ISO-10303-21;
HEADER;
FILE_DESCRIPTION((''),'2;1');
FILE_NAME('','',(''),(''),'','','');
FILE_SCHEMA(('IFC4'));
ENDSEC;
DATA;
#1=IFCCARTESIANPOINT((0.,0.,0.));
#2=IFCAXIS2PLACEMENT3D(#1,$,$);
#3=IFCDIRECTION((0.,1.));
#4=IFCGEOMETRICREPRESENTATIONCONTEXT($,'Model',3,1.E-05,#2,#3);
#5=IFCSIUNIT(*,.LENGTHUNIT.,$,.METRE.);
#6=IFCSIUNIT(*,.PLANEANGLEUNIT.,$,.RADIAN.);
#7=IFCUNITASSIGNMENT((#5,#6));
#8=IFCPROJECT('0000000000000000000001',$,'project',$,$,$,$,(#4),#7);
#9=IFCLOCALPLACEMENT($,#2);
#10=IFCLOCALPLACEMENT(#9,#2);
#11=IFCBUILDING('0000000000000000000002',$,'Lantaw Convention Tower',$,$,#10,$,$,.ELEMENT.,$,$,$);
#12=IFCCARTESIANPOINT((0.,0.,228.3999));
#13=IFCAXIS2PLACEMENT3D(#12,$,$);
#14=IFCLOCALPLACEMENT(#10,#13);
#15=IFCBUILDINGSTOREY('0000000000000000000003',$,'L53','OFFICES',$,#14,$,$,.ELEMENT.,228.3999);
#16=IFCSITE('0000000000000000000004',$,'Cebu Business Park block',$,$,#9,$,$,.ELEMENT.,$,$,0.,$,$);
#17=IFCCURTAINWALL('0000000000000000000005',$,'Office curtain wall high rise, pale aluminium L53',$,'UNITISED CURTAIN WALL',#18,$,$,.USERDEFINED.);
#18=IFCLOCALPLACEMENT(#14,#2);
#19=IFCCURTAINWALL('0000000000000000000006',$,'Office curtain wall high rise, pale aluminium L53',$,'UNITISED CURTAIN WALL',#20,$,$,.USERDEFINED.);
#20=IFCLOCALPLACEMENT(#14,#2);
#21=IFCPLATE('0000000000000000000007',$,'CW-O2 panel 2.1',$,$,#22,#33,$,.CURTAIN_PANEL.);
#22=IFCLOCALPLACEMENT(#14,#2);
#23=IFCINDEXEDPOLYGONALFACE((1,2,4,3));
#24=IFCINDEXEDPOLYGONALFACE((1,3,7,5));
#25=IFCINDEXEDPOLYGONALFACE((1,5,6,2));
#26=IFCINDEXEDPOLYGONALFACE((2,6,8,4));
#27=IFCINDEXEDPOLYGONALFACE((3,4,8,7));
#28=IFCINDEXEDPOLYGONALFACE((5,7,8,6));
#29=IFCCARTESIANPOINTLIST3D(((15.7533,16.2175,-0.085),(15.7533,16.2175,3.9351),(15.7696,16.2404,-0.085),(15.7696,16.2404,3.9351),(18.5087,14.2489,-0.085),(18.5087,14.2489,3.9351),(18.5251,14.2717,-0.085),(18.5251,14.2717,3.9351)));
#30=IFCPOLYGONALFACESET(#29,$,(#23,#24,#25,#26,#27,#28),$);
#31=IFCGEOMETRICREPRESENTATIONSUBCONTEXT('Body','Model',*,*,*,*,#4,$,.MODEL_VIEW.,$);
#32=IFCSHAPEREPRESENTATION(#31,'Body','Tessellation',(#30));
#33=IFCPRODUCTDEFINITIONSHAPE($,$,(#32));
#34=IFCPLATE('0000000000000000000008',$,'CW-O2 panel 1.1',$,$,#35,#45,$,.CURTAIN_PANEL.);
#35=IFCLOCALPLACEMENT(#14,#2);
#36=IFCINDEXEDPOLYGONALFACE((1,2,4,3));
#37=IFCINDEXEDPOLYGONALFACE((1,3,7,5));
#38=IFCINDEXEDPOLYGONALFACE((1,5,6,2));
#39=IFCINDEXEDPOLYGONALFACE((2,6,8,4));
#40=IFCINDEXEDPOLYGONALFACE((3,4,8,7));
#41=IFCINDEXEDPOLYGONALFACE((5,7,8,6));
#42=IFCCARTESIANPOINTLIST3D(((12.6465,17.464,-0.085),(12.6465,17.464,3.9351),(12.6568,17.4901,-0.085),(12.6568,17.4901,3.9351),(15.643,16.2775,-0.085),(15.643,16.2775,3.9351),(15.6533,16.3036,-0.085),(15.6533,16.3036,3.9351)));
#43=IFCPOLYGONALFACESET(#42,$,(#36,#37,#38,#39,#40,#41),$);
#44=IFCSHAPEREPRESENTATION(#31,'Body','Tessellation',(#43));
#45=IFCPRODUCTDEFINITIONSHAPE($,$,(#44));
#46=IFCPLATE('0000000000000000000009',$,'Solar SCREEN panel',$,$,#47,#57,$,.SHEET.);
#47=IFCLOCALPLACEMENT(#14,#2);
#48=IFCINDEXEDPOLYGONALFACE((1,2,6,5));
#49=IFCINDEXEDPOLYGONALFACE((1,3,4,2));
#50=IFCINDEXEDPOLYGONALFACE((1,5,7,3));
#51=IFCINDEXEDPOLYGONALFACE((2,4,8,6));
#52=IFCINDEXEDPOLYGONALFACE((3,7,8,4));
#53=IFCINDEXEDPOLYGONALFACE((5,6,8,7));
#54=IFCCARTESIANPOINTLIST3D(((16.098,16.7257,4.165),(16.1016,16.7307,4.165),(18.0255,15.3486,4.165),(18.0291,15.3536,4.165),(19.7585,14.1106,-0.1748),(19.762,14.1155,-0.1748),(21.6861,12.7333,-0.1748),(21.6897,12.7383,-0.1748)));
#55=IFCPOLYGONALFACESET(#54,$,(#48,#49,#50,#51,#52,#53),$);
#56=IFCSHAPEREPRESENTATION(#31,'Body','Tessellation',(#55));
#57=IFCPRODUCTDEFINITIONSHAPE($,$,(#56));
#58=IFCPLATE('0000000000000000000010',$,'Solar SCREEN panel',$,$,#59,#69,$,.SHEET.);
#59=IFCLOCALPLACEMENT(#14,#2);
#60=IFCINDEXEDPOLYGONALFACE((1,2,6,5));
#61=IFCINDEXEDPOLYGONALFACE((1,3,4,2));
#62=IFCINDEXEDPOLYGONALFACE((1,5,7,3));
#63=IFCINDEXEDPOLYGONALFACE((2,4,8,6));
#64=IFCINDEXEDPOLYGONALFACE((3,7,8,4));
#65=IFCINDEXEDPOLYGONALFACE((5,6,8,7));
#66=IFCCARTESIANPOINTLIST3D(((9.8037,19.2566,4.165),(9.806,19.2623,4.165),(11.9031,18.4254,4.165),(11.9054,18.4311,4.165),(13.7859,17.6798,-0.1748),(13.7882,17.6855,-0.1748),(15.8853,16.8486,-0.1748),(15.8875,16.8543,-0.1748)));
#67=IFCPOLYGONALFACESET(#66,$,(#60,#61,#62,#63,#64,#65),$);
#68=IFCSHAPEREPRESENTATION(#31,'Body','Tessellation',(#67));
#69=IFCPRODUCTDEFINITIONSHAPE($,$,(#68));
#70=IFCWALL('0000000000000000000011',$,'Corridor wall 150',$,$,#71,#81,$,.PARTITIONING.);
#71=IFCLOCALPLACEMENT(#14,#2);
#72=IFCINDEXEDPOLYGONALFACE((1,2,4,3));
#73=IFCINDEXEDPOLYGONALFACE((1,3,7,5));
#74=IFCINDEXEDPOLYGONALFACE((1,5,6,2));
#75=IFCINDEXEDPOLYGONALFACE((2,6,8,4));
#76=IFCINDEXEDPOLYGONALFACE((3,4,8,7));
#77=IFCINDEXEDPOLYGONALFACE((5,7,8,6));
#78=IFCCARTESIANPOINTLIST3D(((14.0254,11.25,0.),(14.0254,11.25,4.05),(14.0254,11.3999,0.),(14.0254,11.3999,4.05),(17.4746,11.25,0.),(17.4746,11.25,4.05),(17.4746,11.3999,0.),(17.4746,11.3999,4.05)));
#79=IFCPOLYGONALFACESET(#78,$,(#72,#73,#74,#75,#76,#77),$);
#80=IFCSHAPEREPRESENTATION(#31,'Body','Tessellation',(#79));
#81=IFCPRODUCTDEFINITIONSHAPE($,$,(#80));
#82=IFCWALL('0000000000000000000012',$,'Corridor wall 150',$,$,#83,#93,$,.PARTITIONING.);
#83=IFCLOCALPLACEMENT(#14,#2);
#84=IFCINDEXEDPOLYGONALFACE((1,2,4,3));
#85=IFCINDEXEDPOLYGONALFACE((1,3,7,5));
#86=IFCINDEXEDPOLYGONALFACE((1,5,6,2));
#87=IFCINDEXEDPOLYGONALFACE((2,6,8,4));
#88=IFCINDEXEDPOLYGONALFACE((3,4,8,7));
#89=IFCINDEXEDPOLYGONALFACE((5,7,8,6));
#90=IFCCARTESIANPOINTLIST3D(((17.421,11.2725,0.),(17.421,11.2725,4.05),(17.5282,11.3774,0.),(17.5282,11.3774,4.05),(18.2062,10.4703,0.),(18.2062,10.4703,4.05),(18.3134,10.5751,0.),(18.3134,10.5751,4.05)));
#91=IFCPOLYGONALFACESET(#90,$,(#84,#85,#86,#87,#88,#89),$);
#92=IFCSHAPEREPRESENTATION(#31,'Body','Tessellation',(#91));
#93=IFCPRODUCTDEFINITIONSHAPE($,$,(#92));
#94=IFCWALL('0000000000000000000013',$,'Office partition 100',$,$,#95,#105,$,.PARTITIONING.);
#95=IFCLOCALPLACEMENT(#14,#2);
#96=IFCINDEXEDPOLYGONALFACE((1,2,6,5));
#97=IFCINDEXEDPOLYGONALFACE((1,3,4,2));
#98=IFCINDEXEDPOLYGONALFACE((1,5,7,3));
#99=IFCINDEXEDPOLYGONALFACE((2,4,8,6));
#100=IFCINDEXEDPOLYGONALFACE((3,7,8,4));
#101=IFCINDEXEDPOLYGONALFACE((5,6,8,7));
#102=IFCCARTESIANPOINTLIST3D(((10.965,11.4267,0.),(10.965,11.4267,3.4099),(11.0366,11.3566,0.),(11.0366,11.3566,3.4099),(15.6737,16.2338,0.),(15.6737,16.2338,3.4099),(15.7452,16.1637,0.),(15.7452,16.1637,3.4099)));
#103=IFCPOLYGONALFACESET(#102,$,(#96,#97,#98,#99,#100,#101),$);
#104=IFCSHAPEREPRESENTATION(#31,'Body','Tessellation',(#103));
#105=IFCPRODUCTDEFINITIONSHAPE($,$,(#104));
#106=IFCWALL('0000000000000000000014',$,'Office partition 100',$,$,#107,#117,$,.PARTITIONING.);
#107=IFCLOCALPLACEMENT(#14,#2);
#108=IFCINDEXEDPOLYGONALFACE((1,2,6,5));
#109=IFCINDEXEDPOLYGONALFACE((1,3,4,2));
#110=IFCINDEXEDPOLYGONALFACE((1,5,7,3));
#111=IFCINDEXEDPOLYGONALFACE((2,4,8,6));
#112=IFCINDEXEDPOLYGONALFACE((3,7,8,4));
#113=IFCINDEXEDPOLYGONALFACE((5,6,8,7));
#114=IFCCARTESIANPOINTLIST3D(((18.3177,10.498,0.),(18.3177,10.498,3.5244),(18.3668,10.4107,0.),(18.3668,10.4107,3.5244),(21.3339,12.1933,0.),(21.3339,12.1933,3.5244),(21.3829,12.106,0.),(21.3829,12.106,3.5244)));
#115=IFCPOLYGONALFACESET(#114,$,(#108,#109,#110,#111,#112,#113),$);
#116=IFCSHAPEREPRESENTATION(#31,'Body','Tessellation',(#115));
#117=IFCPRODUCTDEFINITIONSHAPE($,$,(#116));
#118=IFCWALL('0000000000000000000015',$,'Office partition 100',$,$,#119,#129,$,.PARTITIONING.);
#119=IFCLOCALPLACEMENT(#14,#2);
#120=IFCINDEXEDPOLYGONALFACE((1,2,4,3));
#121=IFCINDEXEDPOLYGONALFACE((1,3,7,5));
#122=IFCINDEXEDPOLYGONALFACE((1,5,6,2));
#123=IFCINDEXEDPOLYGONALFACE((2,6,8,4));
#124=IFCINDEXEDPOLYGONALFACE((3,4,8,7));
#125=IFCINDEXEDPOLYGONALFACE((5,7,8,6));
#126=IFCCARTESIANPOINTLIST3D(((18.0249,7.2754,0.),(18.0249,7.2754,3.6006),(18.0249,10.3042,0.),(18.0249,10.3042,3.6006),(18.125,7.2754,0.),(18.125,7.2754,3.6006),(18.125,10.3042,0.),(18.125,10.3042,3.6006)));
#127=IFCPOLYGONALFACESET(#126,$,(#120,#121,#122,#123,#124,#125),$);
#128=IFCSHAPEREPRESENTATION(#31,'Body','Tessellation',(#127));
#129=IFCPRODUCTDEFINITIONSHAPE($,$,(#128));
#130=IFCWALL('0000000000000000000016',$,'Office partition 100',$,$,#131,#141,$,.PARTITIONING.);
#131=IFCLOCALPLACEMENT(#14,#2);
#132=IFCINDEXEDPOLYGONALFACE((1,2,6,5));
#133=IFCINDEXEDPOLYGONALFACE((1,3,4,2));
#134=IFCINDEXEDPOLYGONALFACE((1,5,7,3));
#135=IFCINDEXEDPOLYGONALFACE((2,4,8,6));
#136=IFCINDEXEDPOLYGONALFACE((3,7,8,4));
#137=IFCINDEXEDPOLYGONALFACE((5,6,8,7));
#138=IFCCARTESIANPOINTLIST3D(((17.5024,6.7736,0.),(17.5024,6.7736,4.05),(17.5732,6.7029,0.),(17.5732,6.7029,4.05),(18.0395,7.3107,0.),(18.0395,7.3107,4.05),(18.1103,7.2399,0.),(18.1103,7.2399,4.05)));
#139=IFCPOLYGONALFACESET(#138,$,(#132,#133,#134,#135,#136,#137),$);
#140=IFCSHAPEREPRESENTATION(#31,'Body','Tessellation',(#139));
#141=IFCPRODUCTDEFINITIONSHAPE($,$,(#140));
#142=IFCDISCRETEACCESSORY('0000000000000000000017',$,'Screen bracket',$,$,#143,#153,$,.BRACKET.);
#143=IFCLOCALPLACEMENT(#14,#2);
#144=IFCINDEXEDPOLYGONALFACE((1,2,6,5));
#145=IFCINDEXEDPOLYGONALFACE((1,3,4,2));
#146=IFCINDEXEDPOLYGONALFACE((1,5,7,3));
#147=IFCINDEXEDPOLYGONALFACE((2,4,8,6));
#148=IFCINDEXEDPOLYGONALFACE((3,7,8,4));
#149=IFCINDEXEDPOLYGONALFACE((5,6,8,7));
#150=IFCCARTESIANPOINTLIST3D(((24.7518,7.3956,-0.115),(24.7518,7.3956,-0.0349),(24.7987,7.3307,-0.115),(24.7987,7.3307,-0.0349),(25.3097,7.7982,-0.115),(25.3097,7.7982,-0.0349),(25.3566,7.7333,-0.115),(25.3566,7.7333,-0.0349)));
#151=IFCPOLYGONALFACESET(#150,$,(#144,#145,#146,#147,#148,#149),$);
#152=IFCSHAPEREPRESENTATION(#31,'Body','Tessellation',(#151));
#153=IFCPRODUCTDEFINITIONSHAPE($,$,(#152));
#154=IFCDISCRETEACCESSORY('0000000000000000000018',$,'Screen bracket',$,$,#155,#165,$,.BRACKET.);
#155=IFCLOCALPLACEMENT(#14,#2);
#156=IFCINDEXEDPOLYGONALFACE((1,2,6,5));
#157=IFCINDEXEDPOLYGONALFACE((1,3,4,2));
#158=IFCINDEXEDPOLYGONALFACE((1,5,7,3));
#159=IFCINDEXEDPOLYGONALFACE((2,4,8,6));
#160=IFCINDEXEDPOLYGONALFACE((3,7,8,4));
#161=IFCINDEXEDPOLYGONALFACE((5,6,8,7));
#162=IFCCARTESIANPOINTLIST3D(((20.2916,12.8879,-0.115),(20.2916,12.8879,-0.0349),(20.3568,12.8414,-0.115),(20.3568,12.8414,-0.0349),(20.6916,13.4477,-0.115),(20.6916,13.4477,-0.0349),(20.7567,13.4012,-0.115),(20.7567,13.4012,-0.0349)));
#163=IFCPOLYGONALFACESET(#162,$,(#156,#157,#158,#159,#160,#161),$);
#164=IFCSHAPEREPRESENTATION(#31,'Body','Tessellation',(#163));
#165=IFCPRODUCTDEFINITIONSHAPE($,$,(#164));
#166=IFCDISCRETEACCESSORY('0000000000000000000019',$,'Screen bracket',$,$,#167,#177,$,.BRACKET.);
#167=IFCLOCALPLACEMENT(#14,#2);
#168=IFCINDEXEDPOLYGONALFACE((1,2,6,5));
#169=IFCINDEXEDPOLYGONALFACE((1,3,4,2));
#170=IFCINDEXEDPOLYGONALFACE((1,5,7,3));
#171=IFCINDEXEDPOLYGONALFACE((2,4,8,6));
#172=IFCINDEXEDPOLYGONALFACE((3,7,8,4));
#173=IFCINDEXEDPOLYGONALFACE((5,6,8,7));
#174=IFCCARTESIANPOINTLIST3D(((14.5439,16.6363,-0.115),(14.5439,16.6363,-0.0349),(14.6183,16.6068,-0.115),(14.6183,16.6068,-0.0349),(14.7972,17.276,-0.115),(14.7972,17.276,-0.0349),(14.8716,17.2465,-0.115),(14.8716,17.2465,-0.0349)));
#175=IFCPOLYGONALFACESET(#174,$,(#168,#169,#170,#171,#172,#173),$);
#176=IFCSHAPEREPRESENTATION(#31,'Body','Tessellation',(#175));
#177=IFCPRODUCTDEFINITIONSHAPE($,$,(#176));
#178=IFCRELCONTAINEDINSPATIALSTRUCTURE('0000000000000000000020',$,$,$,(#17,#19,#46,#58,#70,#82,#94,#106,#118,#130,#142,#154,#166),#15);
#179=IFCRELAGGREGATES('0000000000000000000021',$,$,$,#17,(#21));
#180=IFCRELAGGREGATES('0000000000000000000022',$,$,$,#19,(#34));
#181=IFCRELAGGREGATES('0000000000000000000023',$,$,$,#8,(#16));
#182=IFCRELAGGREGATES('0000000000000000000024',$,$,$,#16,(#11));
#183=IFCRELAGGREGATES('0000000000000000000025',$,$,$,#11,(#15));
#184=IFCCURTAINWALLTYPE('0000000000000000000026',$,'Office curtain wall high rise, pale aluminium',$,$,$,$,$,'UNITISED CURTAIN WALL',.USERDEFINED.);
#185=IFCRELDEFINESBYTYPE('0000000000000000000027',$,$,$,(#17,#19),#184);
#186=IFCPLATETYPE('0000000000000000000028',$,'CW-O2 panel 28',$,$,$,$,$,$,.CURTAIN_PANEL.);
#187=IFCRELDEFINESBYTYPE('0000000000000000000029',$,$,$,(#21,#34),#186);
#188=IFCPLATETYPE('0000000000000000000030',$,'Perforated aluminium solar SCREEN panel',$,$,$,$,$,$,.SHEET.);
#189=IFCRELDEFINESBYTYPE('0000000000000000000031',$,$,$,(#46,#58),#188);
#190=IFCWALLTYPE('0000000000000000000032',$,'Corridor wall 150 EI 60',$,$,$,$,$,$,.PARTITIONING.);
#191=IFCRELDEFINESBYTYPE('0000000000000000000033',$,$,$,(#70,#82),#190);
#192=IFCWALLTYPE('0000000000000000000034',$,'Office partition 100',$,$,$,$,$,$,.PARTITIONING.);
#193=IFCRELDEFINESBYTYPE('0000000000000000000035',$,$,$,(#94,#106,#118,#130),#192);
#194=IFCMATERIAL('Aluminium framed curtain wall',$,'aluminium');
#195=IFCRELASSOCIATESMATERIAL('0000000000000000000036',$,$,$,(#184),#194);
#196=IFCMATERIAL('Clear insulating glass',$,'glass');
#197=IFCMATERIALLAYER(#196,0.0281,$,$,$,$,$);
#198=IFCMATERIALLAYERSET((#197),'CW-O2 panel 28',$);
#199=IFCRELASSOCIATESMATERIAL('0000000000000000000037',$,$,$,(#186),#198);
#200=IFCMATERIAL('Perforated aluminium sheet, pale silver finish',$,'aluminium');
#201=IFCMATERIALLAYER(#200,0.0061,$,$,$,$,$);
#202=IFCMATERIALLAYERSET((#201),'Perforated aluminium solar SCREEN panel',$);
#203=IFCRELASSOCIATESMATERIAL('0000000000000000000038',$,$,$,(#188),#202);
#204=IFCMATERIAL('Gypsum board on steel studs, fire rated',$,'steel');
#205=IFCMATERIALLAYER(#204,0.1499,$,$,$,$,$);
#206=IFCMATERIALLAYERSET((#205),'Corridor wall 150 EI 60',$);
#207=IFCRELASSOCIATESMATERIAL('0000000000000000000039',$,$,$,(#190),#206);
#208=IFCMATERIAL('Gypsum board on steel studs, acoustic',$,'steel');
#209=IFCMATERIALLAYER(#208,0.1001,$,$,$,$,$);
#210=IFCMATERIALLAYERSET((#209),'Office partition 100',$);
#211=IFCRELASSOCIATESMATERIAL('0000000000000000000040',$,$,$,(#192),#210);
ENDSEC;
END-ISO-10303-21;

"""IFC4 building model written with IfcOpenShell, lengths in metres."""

from ifc_helpers import new_model, si_unit, direction, frame, frame_2d, origin, origin_2d, place, context, subcontext, project, spatial, polyline, rectangle, outline, extrude, material, layer, layer_set, type_object, element, aggregate, save


model = new_model("IFC4")

# Units and contexts
model_context = context("Model", 3, precision=1e-05, world=origin(), true_north=direction((0.0, 1.0)))
body_context = subcontext(model_context, "Body", "Model", "MODEL_VIEW")
ifc_project = project(units=[si_unit("LENGTHUNIT", "METRE"), si_unit("PLANEANGLEUNIT", "RADIAN")], contexts=[model_context])

# Site, building, storey
site_placement = place(None, origin())
site = spatial("IfcSite", under=ifc_project, at=site_placement, Name="Cebu Business Park block", CompositionType="ELEMENT", RefElevation=0.0)
building_placement = place(site_placement, origin())
building = spatial("IfcBuilding", under=site, at=building_placement, Name="Lantaw Convention Tower", CompositionType="ELEMENT")
storey_placement = place(building_placement, frame((0.0, 0.0, 228.3999)))
storey = spatial("IfcBuildingStorey", under=building, at=storey_placement, Name="L53", Description="OFFICES", CompositionType="ELEMENT", Elevation=228.3999)

# Curtain wall
ifc_material_1 = material(Name="Aluminium framed curtain wall", Category="aluminium")
curtain_wall_type = type_object("IfcCurtainWallType", Name="Office curtain wall high rise, pale aluminium", ElementType="UNITISED CURTAIN WALL", PredefinedType="USERDEFINED", material=ifc_material_1)
curtain_wall_1_placement = place(storey_placement, origin())
curtain_wall_1 = element("IfcCurtainWall", 1, at=curtain_wall_1_placement, inside=storey, type_object=curtain_wall_type, Name="Office curtain wall high rise, pale aluminium L53", ObjectType="UNITISED CURTAIN WALL", PredefinedType="USERDEFINED")

# Curtain wall
curtain_wall_2_placement = place(storey_placement, origin())
curtain_wall_2 = element("IfcCurtainWall", 2, at=curtain_wall_2_placement, inside=storey, type_object=curtain_wall_type, Name="Office curtain wall high rise, pale aluminium L53", ObjectType="UNITISED CURTAIN WALL", PredefinedType="USERDEFINED")

# Plates
ifc_material_2 = material(Name="Clear insulating glass", Category="glass")
ifc_layer_1 = layer(ifc_material_2, 0.0281)
ifc_layer_set_1 = layer_set([ifc_layer_1], Name="CW-O2 panel 28")
plate_type_1 = type_object("IfcPlateType", Name="CW-O2 panel 28", PredefinedType="CURTAIN_PANEL", material=ifc_layer_set_1)
plate_1_placement = place(storey_placement, frame((17.1392, 15.2446, -0.085), z_axis=(0.0, 0.0, 1.0), x_axis=(-0.813673, 0.581323, 0.0)))
plate_1 = element("IfcPlate", 3, at=plate_1_placement, type_object=plate_type_1, Name="CW-O2 panel 2.1", PredefinedType="CURTAIN_PANEL", context=body_context, shape_type="SweptSolid", body=[
    extrude(rectangle(XDim=3.3865, YDim=0.0281, at=origin_2d()), origin(), (0.0, 0.0, 1.0), 4.02),
])
aggregate(curtain_wall_1, [plate_1])
plate_2_placement = place(storey_placement, frame((14.1499, 16.8838, -0.085), z_axis=(0.0, 0.0, 1.0), x_axis=(-0.929762, 0.368162, 0.0)))
plate_2 = element("IfcPlate", 4, at=plate_2_placement, type_object=plate_type_1, Name="CW-O2 panel 1.1", PredefinedType="CURTAIN_PANEL", context=body_context, shape_type="SweptSolid", body=[
    extrude(rectangle(XDim=3.2229, YDim=0.0281, at=origin_2d()), origin(), (0.0, 0.0, 1.0), 4.02),
])
aggregate(curtain_wall_2, [plate_2])

# Plates
ifc_material_3 = material(Name="Perforated aluminium sheet, pale silver finish", Category="aluminium")
ifc_layer_2 = layer(ifc_material_3, 0.0061)
ifc_layer_set_2 = layer_set([ifc_layer_2], Name="Perforated aluminium solar SCREEN panel")
plate_type_2 = type_object("IfcPlateType", Name="Perforated aluminium solar SCREEN panel", PredefinedType="SHEET", material=ifc_layer_set_2)
plate_3_placement = place(storey_placement, frame((21.6897, 12.7383, -0.1748), z_axis=(0.581331, 0.813667, 0.00001), x_axis=(-0.813667, 0.581331, 0.0)))
element("IfcPlate", 5, at=plate_3_placement, inside=storey, type_object=plate_type_2, Name="Solar SCREEN panel", PredefinedType="SHEET", context=body_context, shape_type="SweptSolid", body=[
    extrude(outline(polyline([(0.0, 0.0), (2.3691, 0.0), (6.8678, 4.3398), (4.4989, 4.3398), (0.0, 0.0)])), origin(), (0.0, 0.0, -1.0), 0.0061),
])
plate_4_placement = place(storey_placement, frame((15.8853, 16.8486, -0.1748), z_axis=(-0.368117, -0.92978, 0.000036), x_axis=(-0.92978, 0.368117, 0.0)))
element("IfcPlate", 6, at=plate_4_placement, inside=storey, type_object=plate_type_2, Name="Solar SCREEN panel", PredefinedType="SHEET", context=body_context, shape_type="SweptSolid", body=[
    extrude(outline(polyline([(0.0, 0.0), (2.2579, 0.0), (6.5409, -4.3398), (4.2829, -4.3398), (0.0, 0.0)])), origin(), (0.0, 0.0, -1.0), 0.0061),
])

# Walls
ifc_material_4 = material(Name="Gypsum board on steel studs, fire rated", Category="steel")
ifc_layer_3 = layer(ifc_material_4, 0.1499)
ifc_layer_set_3 = layer_set([ifc_layer_3], Name="Corridor wall 150 EI 60")
wall_type_1 = type_object("IfcWallType", Name="Corridor wall 150 EI 60", PredefinedType="PARTITIONING", material=ifc_layer_set_3)
wall_1_placement = place(storey_placement, frame((14.0254, 11.325, 0.0), z_axis=(0.0, 0.0, 1.0), x_axis=(1.0, 0.0, 0.0)))
element("IfcWall", 7, at=wall_1_placement, inside=storey, type_object=wall_type_1, Name="Corridor wall 150", PredefinedType="PARTITIONING", context=body_context, shape_type="SweptSolid", body=[
    extrude(rectangle(XDim=3.4492, YDim=0.1499, at=frame_2d((1.7246, 0.0))), origin(), (0.0, 0.0, 1.0), 4.05),
])
wall_2_placement = place(storey_placement, frame((17.4746, 11.325, 0.0), z_axis=(0.0, 0.0, 1.0), x_axis=(0.699454, -0.714678, 0.0)))
element("IfcWall", 8, at=wall_2_placement, inside=storey, type_object=wall_type_1, Name="Corridor wall 150", PredefinedType="PARTITIONING", context=body_context, shape_type="SweptSolid", body=[
    extrude(rectangle(XDim=1.1226, YDim=0.1499, at=frame_2d((0.5613, 0.0))), origin(), (0.0, 0.0, 1.0), 4.05),
])
ifc_material_5 = material(Name="Gypsum board on steel studs, acoustic", Category="steel")
ifc_layer_4 = layer(ifc_material_5, 0.1001)
ifc_layer_set_4 = layer_set([ifc_layer_4], Name="Office partition 100")
wall_type_2 = type_object("IfcWallType", Name="Office partition 100", PredefinedType="PARTITIONING", material=ifc_layer_set_4)
wall_3_placement = place(storey_placement, frame((15.7095, 16.1987, 0.0), z_axis=(0.0, 0.0, 1.0), x_axis=(-0.699758, -0.71438, 0.0)))
element("IfcWall", 9, at=wall_3_placement, inside=storey, type_object=wall_type_2, Name="Office partition 100", PredefinedType="PARTITIONING", context=body_context, shape_type="SweptSolid", body=[
    extrude(rectangle(XDim=6.729, YDim=0.1001, at=frame_2d((3.3645, 0.0))), origin(), (0.0, 0.0, 1.0), 3.4099),
])
wall_4_placement = place(storey_placement, frame((21.3584, 12.1497, 0.0), z_axis=(0.0, 0.0, 1.0), x_axis=(-0.87173, -0.489987, 0.0)))
element("IfcWall", 10, at=wall_4_placement, inside=storey, type_object=wall_type_2, Name="Office partition 100", PredefinedType="PARTITIONING", context=body_context, shape_type="SweptSolid", body=[
    extrude(rectangle(XDim=3.46, YDim=0.1001, at=frame_2d((1.73, 0.0))), origin(), (0.0, 0.0, 1.0), 3.5244),
])
wall_5_placement = place(storey_placement, frame((18.075, 10.3042, 0.0), z_axis=(0.0, 0.0, 1.0), x_axis=(0.0, -1.0, 0.0)))
element("IfcWall", 11, at=wall_5_placement, inside=storey, type_object=wall_type_2, Name="Office partition 100", PredefinedType="PARTITIONING", context=body_context, shape_type="SweptSolid", body=[
    extrude(rectangle(XDim=3.0288, YDim=0.1001, at=frame_2d((1.5144, 0.0))), origin(), (0.0, 0.0, 1.0), 3.6006),
])
wall_6_placement = place(storey_placement, frame((18.075, 7.2754, 0.0), z_axis=(0.0, 0.0, 1.0), x_axis=(-0.707107, -0.707107, 0.0)))
element("IfcWall", 12, at=wall_6_placement, inside=storey, type_object=wall_type_2, Name="Office partition 100", PredefinedType="PARTITIONING", context=body_context, shape_type="SweptSolid", body=[
    extrude(rectangle(XDim=0.7595, YDim=0.1001, at=frame_2d((0.3799, 0.0))), origin(), (0.0, 0.0, 1.0), 4.05),
])

# Discrete accessories
for number, where, z_axis, x_axis, name in (
    (13, (25.0542, 7.5645, -0.115), (0.0, 0.0, 1.0), (-0.585158, 0.81092, 0.0), "Screen bracket"),
    (14, (20.5242, 13.1445, -0.115), (0.0, 0.0, 1.0), (-0.813673, 0.581323, 0.0), "Screen bracket"),
    (15, (14.7078, 16.9414, -0.115), (0.0, 0.0, 1.0), (-0.929762, 0.368162, 0.0), "Screen bracket"),
):
    element("IfcDiscreteAccessory", number, at=place(storey_placement, frame(where, z_axis=z_axis, x_axis=x_axis)), inside=storey, Name=name, PredefinedType="BRACKET", context=body_context, shape_type="SweptSolid", body=[
        extrude(rectangle(XDim=0.0801, YDim=0.688, at=origin_2d()), origin(), (0.0, 0.0, 1.0), 0.0801),
    ])

save(model, "model.ifc")
